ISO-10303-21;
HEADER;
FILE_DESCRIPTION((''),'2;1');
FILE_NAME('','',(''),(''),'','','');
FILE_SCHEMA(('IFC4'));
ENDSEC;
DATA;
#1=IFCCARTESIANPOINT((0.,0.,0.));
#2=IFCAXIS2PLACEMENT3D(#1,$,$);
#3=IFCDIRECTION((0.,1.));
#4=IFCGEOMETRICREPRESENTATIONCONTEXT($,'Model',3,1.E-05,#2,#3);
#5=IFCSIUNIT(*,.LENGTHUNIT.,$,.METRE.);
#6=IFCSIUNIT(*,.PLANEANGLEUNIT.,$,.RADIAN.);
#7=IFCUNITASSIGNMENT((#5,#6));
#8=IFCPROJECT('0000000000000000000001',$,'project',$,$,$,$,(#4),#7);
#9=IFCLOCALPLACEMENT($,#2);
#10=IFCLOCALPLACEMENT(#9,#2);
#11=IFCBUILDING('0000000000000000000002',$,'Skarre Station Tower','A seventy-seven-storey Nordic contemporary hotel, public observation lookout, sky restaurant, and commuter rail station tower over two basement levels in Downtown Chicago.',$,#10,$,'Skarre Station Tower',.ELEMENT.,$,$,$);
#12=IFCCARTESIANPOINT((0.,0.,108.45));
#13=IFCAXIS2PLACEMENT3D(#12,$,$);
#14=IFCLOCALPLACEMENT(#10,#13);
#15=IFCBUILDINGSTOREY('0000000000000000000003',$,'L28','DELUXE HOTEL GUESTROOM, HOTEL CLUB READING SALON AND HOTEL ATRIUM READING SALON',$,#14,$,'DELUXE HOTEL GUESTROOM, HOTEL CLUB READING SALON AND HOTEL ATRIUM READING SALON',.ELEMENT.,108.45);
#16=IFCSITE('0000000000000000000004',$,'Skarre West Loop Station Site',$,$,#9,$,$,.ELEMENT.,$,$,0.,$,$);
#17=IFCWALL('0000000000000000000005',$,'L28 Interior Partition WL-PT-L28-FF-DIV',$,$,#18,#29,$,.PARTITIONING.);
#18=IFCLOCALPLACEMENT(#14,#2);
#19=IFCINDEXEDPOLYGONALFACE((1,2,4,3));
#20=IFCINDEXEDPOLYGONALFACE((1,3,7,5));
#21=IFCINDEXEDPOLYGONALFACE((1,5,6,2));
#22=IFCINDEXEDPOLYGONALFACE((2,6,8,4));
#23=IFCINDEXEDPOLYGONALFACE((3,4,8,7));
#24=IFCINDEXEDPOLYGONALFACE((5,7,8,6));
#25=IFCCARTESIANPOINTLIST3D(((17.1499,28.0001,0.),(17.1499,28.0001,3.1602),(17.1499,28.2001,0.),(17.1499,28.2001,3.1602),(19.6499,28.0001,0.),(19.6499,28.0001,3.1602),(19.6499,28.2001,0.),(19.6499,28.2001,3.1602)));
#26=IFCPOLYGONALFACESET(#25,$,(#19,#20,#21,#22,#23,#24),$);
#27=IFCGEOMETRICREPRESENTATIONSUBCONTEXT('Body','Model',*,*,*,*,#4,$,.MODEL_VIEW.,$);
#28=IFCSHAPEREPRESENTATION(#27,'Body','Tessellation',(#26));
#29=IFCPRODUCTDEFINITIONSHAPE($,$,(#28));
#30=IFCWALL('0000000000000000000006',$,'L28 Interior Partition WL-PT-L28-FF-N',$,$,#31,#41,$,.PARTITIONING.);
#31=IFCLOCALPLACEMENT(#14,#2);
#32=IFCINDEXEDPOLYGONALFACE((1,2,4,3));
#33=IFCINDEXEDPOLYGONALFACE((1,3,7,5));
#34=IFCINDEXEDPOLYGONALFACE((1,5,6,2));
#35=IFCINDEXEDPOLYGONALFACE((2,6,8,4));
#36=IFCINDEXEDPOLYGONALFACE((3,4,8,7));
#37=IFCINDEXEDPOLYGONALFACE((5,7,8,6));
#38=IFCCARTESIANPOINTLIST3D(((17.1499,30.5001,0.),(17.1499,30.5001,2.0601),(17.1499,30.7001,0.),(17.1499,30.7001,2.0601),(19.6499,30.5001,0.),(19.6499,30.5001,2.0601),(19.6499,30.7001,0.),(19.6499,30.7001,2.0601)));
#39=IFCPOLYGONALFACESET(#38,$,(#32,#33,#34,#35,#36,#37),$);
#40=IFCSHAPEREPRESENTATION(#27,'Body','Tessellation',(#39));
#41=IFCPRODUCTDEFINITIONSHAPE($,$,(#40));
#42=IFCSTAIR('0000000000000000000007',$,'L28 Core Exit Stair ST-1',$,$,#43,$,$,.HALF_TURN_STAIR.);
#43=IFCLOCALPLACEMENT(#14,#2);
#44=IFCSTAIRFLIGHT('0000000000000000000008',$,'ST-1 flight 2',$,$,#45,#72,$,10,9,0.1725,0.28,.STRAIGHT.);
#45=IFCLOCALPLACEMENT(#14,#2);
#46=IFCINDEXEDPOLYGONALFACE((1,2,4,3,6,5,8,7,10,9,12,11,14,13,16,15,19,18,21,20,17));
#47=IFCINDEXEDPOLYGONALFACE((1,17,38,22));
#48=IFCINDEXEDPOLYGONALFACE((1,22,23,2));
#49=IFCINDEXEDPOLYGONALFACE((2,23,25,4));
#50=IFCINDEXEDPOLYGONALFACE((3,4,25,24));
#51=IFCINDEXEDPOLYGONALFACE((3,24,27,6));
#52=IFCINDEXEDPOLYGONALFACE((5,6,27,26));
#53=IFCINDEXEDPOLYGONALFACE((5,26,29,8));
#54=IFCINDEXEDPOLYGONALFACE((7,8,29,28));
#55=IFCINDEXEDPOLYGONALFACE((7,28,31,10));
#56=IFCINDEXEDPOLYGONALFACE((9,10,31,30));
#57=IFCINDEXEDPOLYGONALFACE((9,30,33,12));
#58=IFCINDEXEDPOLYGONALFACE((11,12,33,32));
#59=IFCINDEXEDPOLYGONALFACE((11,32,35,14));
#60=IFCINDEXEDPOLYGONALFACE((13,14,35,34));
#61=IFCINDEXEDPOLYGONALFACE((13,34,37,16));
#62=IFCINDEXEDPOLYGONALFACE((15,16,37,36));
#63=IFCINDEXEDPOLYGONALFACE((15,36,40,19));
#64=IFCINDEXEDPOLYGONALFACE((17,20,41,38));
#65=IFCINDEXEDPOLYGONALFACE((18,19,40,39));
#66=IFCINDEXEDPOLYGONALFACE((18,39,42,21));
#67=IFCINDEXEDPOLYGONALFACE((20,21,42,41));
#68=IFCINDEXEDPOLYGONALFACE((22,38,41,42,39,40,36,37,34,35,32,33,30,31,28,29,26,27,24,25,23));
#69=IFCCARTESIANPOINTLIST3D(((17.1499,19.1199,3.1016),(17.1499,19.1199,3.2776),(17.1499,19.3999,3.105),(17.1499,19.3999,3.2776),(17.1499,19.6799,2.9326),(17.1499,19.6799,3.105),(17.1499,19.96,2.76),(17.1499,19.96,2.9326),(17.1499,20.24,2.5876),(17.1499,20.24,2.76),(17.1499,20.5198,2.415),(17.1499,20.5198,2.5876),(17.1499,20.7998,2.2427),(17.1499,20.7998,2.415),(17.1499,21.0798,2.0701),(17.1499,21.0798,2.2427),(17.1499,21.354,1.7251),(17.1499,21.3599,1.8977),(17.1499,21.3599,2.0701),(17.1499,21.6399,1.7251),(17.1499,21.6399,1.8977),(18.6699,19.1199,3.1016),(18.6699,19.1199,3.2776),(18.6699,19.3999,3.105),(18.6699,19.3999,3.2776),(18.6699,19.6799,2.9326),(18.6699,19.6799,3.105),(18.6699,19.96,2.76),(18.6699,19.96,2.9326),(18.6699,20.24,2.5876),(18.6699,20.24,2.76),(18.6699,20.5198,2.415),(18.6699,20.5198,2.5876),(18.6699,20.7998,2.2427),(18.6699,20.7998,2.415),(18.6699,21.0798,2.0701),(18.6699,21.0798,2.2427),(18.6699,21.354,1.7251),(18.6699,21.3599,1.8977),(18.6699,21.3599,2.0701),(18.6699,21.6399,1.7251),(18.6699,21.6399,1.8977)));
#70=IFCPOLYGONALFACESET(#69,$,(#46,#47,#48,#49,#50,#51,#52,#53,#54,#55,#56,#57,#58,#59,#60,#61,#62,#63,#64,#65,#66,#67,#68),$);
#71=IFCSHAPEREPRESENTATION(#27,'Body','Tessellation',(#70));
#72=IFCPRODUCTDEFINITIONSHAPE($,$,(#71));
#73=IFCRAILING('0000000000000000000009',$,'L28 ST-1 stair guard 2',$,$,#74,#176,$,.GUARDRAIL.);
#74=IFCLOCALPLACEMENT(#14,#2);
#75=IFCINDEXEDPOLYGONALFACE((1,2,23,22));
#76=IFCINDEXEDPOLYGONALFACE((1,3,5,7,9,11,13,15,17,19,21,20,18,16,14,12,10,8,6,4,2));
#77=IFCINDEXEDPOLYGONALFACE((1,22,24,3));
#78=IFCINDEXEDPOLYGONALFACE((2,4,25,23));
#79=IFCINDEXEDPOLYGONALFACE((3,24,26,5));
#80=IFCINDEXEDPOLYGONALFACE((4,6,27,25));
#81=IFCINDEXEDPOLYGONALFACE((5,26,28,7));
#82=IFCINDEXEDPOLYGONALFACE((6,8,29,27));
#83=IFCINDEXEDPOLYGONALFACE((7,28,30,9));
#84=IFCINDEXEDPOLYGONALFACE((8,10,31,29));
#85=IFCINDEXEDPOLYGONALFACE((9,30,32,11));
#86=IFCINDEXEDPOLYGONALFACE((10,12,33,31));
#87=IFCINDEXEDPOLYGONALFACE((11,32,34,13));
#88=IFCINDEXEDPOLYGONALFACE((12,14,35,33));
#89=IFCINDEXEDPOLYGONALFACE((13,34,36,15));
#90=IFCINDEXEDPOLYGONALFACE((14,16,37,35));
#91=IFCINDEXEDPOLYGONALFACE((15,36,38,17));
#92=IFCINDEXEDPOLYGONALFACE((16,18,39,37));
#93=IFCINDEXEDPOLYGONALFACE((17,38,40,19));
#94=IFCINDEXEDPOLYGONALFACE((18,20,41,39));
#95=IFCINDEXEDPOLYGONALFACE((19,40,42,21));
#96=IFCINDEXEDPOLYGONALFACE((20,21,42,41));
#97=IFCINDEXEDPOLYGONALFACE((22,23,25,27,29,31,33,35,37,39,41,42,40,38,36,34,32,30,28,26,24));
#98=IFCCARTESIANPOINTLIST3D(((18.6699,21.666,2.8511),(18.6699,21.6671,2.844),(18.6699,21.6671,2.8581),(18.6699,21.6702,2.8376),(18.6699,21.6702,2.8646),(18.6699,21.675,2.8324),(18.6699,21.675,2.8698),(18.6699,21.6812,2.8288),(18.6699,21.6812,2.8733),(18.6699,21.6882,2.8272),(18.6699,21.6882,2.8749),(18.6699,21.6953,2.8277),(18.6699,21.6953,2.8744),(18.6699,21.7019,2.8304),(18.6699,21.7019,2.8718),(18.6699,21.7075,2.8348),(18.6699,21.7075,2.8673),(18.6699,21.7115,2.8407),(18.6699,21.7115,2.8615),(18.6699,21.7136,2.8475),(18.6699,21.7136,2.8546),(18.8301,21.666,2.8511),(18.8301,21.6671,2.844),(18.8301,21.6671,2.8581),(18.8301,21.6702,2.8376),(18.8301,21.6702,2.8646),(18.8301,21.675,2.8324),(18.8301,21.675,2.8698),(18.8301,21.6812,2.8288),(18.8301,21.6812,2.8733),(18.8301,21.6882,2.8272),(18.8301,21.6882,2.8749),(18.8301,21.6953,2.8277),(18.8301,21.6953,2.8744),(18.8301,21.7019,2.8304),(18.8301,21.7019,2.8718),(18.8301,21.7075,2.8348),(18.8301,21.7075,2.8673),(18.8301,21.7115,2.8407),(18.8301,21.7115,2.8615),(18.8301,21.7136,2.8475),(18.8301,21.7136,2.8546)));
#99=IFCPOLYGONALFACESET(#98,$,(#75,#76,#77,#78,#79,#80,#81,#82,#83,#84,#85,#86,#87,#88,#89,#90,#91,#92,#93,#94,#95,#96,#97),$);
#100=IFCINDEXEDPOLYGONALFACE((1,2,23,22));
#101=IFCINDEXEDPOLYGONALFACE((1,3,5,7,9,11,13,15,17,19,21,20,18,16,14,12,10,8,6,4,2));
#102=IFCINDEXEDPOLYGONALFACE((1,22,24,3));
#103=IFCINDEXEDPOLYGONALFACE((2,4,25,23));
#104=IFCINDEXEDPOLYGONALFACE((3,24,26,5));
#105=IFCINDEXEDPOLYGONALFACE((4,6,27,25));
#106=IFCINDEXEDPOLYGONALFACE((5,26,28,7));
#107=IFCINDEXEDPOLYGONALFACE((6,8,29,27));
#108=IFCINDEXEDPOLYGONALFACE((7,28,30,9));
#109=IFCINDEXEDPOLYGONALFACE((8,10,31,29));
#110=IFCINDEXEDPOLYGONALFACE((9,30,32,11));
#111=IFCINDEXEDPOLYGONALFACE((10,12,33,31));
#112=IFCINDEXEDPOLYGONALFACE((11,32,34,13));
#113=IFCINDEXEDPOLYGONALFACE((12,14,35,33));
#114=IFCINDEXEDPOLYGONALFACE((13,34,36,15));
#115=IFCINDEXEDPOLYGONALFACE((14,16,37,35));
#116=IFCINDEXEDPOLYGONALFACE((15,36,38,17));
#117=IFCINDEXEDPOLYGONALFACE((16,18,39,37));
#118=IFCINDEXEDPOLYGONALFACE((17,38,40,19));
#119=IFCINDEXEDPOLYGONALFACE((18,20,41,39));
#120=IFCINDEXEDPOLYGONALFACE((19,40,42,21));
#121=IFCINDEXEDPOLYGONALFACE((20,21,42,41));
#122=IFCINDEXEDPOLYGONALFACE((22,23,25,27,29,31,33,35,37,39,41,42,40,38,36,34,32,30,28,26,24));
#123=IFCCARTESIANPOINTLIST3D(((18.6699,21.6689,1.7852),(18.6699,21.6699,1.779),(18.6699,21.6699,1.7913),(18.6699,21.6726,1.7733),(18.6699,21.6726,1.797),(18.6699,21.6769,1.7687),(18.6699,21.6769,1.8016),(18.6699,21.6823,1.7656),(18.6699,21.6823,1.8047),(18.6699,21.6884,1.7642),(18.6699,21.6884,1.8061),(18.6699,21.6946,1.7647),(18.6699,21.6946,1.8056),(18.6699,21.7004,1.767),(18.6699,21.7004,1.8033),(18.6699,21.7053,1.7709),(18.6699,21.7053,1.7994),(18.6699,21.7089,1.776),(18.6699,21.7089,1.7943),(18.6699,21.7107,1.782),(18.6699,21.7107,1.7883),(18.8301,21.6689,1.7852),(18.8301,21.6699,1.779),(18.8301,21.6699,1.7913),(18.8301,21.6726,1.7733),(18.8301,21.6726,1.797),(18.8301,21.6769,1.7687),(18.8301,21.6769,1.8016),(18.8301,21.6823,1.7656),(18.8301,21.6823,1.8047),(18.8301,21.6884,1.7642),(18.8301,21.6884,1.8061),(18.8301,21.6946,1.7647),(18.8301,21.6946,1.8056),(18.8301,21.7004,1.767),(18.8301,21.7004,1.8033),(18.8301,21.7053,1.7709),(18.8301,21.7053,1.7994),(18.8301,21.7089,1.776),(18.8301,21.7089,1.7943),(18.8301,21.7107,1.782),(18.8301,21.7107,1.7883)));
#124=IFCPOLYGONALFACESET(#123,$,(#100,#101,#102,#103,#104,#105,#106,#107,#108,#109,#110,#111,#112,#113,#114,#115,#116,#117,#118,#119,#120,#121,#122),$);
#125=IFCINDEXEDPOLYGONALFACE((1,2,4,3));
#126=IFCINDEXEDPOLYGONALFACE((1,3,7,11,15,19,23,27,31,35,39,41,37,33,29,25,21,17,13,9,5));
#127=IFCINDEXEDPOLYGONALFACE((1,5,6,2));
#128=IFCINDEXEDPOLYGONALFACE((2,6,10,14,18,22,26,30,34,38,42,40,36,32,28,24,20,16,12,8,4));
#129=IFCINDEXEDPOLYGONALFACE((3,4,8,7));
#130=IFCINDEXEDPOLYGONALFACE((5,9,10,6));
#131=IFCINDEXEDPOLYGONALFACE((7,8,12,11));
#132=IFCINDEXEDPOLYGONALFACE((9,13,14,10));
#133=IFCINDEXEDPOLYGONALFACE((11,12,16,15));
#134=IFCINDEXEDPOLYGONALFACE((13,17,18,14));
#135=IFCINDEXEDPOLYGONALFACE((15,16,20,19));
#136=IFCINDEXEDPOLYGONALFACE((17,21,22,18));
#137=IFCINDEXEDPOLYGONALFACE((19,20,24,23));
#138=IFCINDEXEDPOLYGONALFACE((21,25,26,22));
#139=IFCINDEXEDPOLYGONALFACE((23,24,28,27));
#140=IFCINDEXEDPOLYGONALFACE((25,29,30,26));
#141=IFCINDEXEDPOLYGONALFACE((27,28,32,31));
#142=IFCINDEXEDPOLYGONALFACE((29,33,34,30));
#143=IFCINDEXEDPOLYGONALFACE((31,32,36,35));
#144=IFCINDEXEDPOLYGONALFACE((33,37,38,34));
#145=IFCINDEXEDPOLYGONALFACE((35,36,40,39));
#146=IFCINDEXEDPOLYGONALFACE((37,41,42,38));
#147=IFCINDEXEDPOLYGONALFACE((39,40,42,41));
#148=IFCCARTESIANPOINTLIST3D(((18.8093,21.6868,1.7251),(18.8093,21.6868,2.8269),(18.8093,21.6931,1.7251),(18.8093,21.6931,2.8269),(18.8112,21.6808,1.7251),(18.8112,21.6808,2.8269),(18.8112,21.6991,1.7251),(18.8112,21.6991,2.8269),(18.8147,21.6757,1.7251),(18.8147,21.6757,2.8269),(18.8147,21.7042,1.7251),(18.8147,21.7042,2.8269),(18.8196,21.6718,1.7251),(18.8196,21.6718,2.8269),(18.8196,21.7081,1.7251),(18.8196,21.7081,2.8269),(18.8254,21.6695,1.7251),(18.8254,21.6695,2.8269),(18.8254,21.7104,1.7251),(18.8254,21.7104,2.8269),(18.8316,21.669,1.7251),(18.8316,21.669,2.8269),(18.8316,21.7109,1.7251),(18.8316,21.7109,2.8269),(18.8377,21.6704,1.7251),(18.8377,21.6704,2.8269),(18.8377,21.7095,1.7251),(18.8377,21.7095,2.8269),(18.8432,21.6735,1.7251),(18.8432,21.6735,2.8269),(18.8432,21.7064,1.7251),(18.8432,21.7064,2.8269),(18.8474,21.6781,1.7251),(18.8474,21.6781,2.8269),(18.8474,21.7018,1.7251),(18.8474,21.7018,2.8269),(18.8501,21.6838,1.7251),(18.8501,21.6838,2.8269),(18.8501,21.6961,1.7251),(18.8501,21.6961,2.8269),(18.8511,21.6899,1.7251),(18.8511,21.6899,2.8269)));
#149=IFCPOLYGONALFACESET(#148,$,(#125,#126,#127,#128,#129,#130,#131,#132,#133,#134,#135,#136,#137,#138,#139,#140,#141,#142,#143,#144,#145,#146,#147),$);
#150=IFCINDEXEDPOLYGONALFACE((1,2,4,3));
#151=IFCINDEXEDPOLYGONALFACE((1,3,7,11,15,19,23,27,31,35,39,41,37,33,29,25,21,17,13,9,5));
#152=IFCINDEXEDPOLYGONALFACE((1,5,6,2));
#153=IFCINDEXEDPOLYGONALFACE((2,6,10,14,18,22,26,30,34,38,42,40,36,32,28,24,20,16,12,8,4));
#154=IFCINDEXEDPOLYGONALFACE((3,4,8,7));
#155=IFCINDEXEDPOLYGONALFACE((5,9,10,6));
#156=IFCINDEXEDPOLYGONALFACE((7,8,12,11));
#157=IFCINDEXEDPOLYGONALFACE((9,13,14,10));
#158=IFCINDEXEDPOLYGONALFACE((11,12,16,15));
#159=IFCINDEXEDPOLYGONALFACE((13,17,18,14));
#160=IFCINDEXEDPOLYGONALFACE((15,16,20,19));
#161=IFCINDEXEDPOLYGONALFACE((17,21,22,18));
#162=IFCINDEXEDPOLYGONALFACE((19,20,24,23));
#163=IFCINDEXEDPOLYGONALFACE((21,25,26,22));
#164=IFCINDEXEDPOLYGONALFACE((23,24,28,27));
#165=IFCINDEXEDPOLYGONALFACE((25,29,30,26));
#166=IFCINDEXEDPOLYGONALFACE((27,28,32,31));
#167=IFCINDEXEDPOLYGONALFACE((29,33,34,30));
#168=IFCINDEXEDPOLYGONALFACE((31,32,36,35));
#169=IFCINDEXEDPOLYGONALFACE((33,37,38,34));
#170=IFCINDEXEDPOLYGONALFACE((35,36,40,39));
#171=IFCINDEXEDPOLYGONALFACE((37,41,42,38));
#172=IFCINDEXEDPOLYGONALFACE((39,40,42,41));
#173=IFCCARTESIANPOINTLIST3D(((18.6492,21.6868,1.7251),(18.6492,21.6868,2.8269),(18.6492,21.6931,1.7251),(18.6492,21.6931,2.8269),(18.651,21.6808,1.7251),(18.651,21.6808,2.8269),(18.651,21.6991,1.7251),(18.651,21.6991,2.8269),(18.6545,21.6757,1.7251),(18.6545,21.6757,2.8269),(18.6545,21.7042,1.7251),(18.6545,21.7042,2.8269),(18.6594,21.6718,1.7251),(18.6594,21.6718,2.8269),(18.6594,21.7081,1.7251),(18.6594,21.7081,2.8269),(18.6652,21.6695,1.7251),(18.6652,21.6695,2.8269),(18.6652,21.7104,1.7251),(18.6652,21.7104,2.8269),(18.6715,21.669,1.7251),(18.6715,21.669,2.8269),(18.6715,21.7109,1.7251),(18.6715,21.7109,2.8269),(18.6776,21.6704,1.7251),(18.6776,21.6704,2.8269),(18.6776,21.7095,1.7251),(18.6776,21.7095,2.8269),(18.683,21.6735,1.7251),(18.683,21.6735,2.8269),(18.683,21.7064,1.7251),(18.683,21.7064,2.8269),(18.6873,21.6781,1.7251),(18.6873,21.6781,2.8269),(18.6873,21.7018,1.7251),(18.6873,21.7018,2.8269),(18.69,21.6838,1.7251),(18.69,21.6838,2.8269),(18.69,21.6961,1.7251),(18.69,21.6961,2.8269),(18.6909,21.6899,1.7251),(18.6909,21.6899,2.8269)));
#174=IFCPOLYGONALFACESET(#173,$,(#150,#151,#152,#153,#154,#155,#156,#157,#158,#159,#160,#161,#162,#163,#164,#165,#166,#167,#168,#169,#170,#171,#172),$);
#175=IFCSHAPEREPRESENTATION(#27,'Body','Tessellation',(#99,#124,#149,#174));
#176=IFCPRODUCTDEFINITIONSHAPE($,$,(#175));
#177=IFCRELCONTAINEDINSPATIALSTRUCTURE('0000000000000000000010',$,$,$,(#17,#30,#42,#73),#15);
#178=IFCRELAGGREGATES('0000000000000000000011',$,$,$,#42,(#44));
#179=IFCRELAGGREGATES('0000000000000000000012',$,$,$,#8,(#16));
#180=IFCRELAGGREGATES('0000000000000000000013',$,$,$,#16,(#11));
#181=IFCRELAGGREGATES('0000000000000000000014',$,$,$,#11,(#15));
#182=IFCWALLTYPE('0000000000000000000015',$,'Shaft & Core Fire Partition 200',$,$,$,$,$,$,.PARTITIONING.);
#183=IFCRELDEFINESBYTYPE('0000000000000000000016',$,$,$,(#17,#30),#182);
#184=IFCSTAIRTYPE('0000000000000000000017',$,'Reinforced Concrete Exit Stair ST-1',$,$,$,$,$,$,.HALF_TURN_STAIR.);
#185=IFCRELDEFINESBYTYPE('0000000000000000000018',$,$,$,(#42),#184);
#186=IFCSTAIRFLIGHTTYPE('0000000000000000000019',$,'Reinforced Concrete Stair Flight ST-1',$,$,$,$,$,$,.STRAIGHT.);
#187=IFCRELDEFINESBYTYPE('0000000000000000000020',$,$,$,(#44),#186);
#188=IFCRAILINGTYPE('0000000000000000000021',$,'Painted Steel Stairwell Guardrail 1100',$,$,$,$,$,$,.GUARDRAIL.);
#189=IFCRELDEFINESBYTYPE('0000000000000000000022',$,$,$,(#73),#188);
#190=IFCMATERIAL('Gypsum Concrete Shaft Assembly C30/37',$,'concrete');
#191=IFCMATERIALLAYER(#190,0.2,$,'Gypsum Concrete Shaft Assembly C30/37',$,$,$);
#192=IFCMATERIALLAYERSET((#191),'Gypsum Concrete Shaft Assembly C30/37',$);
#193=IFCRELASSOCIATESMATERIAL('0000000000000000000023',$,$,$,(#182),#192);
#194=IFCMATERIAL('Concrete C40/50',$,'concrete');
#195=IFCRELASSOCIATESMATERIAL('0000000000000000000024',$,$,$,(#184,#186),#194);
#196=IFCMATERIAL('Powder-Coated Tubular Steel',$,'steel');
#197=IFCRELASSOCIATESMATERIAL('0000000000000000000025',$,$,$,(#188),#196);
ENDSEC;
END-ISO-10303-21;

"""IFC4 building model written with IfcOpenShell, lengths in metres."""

from ifc_helpers import new_model, si_unit, direction, frame, frame_2d, origin, origin_2d, place, context, subcontext, project, spatial, polyline, rectangle, circle, outline, extrude, material, layer, layer_set, type_object, element, aggregate, save


model = new_model("IFC4")

# Units and contexts
model_context = context("Model", 3, precision=1e-05, world=origin(), true_north=direction((0.0, 1.0)))
body_context = subcontext(model_context, "Body", "Model", "MODEL_VIEW")
ifc_project = project(units=[si_unit("LENGTHUNIT", "METRE"), si_unit("PLANEANGLEUNIT", "RADIAN")], contexts=[model_context])

# Site, building, storey
site_placement = place(None, origin())
site = spatial("IfcSite", under=ifc_project, at=site_placement, Name="Skarre West Loop Station Site", CompositionType="ELEMENT", RefElevation=0.0)
building_placement = place(site_placement, origin())
building = spatial("IfcBuilding", under=site, at=building_placement, Name="Skarre Station Tower", Description="A seventy-seven-storey Nordic contemporary hotel, public observation lookout, sky restaurant, and commuter rail station tower over two basement levels in Downtown Chicago.", LongName="Skarre Station Tower", CompositionType="ELEMENT")
storey_placement = place(building_placement, frame((0.0, 0.0, 108.45)))
storey = spatial("IfcBuildingStorey", under=building, at=storey_placement, Name="L28", Description="DELUXE HOTEL GUESTROOM, HOTEL CLUB READING SALON AND HOTEL ATRIUM READING SALON", LongName="DELUXE HOTEL GUESTROOM, HOTEL CLUB READING SALON AND HOTEL ATRIUM READING SALON", CompositionType="ELEMENT", Elevation=108.45)

# Shared definitions
ifc_material_1 = material(Name="Gypsum Concrete Shaft Assembly C30/37", Category="concrete")
ifc_layer_1 = layer(ifc_material_1, 0.2, Name="Gypsum Concrete Shaft Assembly C30/37")
ifc_layer_set_1 = layer_set([ifc_layer_1], Name="Gypsum Concrete Shaft Assembly C30/37")
wall_type_1 = type_object("IfcWallType", Name="Shaft & Core Fire Partition 200", PredefinedType="PARTITIONING", material=ifc_layer_set_1)

# Walls
wall_1_placement = place(storey_placement, frame((17.1499, 28.1001, 0.0), z_axis=(0.0, 0.0, 1.0), x_axis=(1.0, 0.0, 0.0)))
element("IfcWall", 1, at=wall_1_placement, inside=storey, type_object=wall_type_1, Name="L28 Interior Partition WL-PT-L28-FF-DIV", PredefinedType="PARTITIONING", context=body_context, shape_type="SweptSolid", body=[
    extrude(rectangle(XDim=2.5, YDim=0.2, at=frame_2d((1.25, 0.0))), origin(), (0.0, 0.0, 1.0), 3.1602),
])
wall_2_placement = place(storey_placement, frame((19.6499, 30.6001, 0.0), z_axis=(0.0, 0.0, 1.0), x_axis=(-1.0, 0.0, 0.0)))
element("IfcWall", 2, at=wall_2_placement, inside=storey, type_object=wall_type_1, Name="L28 Interior Partition WL-PT-L28-FF-N", PredefinedType="PARTITIONING", context=body_context, shape_type="SweptSolid", body=[
    extrude(rectangle(XDim=2.5, YDim=0.2, at=frame_2d((1.25, 0.0))), origin(), (0.0, 0.0, 1.0), 2.0601),
])

# Stair, stair flight
ifc_material_2 = material(Name="Concrete C40/50", Category="concrete")
stair_type = type_object("IfcStairType", Name="Reinforced Concrete Exit Stair ST-1", PredefinedType="HALF_TURN_STAIR", material=ifc_material_2)
stair_placement = place(storey_placement, origin())
stair = element("IfcStair", 3, at=stair_placement, inside=storey, type_object=stair_type, Name="L28 Core Exit Stair ST-1", PredefinedType="HALF_TURN_STAIR")
stair_flight_type = type_object("IfcStairFlightType", Name="Reinforced Concrete Stair Flight ST-1", PredefinedType="STRAIGHT", material=ifc_material_2)
stair_flight_placement = place(storey_placement, frame((17.9099, 21.6399, 1.7251), z_axis=(0.0, 0.0, 1.0), x_axis=(0.0, -1.0, 0.0)))
stair_flight = element("IfcStairFlight", 4, at=stair_flight_placement, type_object=stair_flight_type, Name="ST-1 flight 2", NumberOfRisers=10, NumberOfTreads=9, PredefinedType="STRAIGHT", RiserHeight=0.1725, TreadLength=0.28, context=body_context, shape_type="SweptSolid", body=[
    extrude(outline(polyline([(0.0, 0.0), (0.0, 0.1726), (0.28, 0.1726), (0.28, 0.345), (0.5601, 0.345), (0.5601, 0.5176), (0.8401, 0.5176), (0.8401, 0.6899), (1.1201, 0.6899), (1.1201, 0.8625), (1.3999, 0.8625), (1.3999, 1.0349), (1.6799, 1.0349), (1.6799, 1.2075), (1.96, 1.2075), (1.96, 1.3799), (2.24, 1.3799), (2.24, 1.5525), (2.52, 1.5525), (2.52, 1.7251), (2.52, 1.3765), (0.2859, 0.0), (0.0, 0.0)])), frame((0.0, 0.76, 0.0), z_axis=(0.0, -1.0, 0.0), x_axis=(1.0, 0.0, 0.0)), (0.0, 0.0, 1.0), 1.52),
])
aggregate(stair, [stair_flight])

# Railing
ifc_material_3 = material(Name="Powder-Coated Tubular Steel", Category="steel")
railing_type = type_object("IfcRailingType", Name="Painted Steel Stairwell Guardrail 1100", PredefinedType="GUARDRAIL", material=ifc_material_3)
railing_1_placement = place(storey_placement, frame((18.8301, 21.6899, 1.7251)))
element("IfcRailing", 5, at=railing_1_placement, inside=storey, type_object=railing_type, Name="L28 ST-1 stair guard 2", PredefinedType="GUARDRAIL", context=body_context, shape_type="SweptSolid", body=[
    extrude(circle(Radius=0.0239, at=origin_2d()), frame((0.0, 0.0, 1.126), z_axis=(-1.0, 0.0, 0.0), x_axis=(0.0, -1.0, 0.0)), (0.0, 0.0, 1.0), 0.1602),
    extrude(circle(Radius=0.021, at=origin_2d()), frame((0.0, 0.0, 0.0601), z_axis=(-1.0, 0.0, 0.0), x_axis=(0.0, -1.0, 0.0)), (0.0, 0.0, 1.0), 0.1602),
    extrude(circle(Radius=0.021, at=origin_2d()), origin(), (0.0, 0.0, 1.0), 1.1018),
    extrude(circle(Radius=0.021, at=origin_2d()), frame((-0.1602, 0.0, 0.0)), (0.0, 0.0, 1.0), 1.1018),
])

save(model, "model.ifc")
